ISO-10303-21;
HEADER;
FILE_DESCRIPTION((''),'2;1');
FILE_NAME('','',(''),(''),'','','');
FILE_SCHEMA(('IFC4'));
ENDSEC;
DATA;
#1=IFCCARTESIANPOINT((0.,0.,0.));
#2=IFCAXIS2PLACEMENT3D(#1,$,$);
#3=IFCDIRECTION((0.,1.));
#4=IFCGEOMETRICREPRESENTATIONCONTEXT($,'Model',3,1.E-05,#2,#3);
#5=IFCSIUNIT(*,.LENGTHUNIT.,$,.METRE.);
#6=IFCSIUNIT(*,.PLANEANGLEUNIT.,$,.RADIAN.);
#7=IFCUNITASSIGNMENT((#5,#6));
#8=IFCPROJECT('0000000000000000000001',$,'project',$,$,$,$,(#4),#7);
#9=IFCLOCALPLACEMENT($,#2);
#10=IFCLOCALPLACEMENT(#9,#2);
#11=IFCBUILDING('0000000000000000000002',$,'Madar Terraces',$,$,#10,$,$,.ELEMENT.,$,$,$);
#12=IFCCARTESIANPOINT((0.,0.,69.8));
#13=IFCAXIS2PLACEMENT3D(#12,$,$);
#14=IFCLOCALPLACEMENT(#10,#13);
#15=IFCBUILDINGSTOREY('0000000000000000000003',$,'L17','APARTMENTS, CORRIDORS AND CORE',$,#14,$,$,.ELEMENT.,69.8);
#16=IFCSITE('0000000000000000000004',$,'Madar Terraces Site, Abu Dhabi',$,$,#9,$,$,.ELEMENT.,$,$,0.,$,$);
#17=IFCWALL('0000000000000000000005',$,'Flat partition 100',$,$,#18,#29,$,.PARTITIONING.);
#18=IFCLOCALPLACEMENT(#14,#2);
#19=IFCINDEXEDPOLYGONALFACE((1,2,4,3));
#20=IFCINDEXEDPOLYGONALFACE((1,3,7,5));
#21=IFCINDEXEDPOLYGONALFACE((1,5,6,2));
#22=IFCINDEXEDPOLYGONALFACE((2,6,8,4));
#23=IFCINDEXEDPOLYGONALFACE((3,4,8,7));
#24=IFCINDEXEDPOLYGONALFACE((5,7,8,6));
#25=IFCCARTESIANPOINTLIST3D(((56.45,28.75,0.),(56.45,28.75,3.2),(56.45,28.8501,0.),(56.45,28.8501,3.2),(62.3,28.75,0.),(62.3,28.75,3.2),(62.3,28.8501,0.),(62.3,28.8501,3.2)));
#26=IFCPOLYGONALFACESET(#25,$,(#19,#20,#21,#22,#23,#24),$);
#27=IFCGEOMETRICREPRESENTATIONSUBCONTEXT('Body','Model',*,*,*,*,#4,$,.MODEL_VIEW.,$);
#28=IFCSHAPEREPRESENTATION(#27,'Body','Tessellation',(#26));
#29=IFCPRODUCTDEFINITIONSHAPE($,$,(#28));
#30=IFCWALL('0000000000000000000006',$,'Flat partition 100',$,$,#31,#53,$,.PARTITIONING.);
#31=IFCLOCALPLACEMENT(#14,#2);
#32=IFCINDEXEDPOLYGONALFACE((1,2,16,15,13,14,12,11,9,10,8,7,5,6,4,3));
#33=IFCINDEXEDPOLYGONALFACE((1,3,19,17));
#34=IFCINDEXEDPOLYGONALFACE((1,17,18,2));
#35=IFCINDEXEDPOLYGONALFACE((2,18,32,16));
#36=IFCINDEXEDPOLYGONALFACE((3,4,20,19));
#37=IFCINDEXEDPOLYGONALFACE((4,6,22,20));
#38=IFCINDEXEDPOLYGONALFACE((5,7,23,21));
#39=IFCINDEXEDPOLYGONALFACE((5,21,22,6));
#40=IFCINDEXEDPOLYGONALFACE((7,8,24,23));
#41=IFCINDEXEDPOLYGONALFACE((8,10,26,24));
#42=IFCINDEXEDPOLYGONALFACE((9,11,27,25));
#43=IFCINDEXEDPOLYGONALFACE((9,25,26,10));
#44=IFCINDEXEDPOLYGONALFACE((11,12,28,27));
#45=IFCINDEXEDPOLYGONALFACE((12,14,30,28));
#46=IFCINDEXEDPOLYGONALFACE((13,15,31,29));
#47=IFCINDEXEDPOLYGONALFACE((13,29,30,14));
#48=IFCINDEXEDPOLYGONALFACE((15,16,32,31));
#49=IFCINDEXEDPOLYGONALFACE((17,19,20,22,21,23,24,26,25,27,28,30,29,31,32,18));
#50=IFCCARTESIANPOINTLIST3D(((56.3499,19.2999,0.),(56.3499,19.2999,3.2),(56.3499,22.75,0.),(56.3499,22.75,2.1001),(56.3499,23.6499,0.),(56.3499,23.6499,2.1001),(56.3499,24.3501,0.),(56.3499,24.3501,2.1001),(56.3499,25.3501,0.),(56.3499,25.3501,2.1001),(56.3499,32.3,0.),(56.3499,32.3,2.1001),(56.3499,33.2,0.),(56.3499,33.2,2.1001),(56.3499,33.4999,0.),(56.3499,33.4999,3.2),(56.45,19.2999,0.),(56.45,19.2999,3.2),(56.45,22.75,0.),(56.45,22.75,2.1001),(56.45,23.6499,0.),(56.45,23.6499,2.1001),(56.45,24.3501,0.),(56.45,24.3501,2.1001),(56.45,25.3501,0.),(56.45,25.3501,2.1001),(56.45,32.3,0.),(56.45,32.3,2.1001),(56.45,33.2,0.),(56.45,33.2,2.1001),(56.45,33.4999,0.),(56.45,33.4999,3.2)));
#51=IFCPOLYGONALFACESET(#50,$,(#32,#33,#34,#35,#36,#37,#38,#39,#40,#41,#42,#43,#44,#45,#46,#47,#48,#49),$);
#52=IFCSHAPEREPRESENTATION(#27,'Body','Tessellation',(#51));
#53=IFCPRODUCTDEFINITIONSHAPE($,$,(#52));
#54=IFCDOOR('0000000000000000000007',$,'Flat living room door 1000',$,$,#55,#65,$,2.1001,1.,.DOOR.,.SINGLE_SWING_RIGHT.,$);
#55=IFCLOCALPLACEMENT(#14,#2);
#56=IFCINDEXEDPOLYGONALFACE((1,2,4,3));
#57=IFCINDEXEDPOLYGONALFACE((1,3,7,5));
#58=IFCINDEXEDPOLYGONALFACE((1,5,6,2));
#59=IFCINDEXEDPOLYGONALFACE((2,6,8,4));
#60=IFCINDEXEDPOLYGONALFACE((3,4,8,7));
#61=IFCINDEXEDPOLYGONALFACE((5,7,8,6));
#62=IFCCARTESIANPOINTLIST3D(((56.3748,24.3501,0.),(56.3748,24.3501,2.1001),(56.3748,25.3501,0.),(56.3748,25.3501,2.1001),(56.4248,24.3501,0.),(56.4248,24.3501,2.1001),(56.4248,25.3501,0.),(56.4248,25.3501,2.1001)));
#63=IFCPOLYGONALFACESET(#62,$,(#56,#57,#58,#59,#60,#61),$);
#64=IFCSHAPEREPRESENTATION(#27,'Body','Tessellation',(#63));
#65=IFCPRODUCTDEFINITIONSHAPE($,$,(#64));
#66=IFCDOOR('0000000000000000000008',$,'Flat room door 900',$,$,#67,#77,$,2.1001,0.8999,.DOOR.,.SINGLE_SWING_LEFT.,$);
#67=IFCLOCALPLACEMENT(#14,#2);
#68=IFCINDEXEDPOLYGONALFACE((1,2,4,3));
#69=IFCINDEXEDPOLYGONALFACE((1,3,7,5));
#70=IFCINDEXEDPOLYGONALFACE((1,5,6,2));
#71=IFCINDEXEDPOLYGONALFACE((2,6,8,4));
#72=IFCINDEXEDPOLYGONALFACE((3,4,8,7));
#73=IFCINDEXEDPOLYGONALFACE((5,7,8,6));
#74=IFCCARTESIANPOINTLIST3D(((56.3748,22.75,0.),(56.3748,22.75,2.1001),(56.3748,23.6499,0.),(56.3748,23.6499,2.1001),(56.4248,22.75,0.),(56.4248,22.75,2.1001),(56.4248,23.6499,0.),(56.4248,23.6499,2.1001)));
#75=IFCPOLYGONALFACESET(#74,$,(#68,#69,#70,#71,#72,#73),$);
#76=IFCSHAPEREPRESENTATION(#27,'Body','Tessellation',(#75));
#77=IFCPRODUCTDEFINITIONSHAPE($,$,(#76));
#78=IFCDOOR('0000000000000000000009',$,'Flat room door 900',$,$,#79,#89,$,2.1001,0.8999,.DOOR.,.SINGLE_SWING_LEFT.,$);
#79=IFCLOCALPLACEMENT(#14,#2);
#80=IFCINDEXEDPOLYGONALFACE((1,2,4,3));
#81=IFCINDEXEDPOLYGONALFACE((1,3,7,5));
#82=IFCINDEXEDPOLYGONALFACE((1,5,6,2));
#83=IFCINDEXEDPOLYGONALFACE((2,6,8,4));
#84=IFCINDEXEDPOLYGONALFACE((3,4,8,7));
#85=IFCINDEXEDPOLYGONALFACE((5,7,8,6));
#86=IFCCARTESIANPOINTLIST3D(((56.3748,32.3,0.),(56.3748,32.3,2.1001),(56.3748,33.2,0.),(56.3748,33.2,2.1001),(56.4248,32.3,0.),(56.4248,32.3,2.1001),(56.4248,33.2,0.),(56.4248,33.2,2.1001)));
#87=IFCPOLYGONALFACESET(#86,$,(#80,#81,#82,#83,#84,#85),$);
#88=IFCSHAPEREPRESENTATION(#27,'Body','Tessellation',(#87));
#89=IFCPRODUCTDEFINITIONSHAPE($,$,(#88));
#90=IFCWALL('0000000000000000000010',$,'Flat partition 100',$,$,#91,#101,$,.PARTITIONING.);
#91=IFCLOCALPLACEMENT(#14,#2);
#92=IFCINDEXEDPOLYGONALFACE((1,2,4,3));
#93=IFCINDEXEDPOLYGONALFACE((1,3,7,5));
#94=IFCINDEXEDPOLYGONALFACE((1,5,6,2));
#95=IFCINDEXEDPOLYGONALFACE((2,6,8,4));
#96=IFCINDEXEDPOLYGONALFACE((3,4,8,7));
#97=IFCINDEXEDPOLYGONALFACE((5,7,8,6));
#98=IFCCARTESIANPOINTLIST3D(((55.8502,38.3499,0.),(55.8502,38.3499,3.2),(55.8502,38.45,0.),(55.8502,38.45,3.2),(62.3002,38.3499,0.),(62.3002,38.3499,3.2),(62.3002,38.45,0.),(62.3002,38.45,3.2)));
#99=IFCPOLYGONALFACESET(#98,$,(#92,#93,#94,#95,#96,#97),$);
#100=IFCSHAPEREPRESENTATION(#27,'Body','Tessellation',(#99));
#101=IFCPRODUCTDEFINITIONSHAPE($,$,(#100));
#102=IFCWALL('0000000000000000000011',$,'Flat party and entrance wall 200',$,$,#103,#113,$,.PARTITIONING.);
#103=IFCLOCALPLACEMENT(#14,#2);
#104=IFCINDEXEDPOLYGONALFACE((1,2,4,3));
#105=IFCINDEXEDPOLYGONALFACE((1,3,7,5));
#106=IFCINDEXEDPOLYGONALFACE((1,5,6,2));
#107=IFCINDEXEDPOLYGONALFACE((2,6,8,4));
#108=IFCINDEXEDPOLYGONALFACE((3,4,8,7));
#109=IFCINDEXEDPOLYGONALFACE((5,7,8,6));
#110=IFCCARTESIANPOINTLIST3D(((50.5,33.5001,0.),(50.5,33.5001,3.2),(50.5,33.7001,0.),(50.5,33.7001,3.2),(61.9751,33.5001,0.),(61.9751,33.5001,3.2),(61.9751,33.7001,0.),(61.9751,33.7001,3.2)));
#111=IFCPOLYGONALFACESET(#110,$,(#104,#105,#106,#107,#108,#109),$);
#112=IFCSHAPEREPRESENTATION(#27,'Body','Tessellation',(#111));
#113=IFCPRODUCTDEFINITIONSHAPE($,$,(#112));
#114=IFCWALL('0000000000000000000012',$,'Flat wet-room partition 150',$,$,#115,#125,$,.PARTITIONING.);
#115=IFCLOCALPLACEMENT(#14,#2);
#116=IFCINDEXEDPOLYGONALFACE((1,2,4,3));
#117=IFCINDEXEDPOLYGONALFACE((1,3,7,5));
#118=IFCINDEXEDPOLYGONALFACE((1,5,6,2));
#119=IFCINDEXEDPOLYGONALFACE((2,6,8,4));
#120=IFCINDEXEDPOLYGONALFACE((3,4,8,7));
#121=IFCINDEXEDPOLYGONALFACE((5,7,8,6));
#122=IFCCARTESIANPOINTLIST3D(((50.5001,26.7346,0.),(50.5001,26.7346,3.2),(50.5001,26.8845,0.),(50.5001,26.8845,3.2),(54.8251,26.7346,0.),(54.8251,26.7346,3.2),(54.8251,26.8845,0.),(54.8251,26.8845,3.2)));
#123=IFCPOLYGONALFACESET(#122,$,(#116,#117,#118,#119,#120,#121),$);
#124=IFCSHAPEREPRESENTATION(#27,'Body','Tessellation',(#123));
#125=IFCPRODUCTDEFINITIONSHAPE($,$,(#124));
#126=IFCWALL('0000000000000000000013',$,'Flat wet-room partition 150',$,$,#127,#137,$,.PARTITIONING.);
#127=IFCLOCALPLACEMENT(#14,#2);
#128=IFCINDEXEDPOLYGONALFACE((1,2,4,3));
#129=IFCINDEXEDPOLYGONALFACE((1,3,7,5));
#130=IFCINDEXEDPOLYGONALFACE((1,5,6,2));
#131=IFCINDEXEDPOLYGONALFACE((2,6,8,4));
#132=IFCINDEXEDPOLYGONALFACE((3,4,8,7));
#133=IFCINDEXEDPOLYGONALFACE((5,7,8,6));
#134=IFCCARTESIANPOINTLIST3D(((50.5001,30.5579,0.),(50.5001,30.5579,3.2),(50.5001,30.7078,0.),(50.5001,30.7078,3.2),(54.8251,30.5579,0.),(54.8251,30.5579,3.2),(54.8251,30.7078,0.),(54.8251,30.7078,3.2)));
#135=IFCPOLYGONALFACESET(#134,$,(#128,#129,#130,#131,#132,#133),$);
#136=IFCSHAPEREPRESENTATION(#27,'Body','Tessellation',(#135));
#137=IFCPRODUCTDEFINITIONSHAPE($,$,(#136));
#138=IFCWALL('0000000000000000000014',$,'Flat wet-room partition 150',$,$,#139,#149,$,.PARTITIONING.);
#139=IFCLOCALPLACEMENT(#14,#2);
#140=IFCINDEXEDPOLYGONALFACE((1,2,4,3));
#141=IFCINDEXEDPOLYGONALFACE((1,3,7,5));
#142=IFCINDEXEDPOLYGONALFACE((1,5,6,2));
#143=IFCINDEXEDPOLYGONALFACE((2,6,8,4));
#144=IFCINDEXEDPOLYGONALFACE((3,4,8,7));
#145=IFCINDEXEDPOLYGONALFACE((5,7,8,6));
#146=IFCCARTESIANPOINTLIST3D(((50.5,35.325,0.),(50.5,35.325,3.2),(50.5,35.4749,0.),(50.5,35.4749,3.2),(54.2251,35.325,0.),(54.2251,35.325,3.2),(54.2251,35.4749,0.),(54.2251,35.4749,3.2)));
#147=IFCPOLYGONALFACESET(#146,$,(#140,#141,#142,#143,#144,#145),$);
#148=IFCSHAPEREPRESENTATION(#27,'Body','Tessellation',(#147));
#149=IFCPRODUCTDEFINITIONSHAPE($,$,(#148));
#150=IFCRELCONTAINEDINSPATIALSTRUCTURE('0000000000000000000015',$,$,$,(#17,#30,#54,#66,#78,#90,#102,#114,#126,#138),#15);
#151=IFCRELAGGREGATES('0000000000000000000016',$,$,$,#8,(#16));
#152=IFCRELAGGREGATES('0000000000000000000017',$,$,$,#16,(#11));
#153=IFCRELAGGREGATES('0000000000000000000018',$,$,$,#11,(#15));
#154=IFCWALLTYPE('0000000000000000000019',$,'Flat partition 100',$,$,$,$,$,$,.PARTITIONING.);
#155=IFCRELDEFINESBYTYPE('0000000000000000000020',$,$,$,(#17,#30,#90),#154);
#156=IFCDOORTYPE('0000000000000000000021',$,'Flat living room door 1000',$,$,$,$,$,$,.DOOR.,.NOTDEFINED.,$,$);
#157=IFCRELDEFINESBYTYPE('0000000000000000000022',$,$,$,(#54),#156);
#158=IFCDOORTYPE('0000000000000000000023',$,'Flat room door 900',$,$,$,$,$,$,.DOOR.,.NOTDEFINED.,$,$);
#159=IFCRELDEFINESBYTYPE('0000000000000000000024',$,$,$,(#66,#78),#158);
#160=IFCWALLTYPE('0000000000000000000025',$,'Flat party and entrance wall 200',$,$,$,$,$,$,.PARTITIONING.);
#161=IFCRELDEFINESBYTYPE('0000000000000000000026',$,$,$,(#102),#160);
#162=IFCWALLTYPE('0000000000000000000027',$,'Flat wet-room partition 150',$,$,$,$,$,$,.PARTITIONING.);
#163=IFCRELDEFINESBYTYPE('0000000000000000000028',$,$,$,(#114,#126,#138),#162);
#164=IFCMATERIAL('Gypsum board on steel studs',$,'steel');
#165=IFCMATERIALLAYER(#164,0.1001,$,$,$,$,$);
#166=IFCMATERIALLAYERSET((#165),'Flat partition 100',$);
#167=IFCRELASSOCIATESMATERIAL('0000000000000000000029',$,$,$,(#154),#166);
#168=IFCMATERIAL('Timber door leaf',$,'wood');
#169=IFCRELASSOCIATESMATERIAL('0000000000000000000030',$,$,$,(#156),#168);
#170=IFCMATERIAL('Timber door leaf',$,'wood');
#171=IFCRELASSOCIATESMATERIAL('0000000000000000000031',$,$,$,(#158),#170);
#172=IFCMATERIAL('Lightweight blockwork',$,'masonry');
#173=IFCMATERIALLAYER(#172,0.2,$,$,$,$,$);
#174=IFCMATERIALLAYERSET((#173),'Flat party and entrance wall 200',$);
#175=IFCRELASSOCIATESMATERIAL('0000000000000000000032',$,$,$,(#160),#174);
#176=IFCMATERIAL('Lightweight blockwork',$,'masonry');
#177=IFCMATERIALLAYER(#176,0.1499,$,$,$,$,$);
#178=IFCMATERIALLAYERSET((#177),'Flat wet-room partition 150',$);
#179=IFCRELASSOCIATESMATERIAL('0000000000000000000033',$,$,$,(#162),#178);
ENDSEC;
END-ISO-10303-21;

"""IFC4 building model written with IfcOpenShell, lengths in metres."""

from ifc_helpers import new_model, si_unit, direction, frame, frame_2d, origin, place, context, subcontext, project, spatial, rectangle, extrude, material, layer, layer_set, type_object, element, fill, save


model = new_model("IFC4")

# Units and contexts
model_context = context("Model", 3, precision=1e-05, world=origin(), true_north=direction((0.0, 1.0)))
body_context = subcontext(model_context, "Body", "Model", "MODEL_VIEW")
ifc_project = project(units=[si_unit("LENGTHUNIT", "METRE"), si_unit("PLANEANGLEUNIT", "RADIAN")], contexts=[model_context])

# Site, building, storey
site_placement = place(None, origin())
site = spatial("IfcSite", under=ifc_project, at=site_placement, Name="Madar Terraces Site, Abu Dhabi", CompositionType="ELEMENT", RefElevation=0.0)
building_placement = place(site_placement, origin())
building = spatial("IfcBuilding", under=site, at=building_placement, Name="Madar Terraces", CompositionType="ELEMENT")
storey_placement = place(building_placement, frame((0.0, 0.0, 69.8)))
storey = spatial("IfcBuildingStorey", under=building, at=storey_placement, Name="L17", Description="APARTMENTS, CORRIDORS AND CORE", CompositionType="ELEMENT", Elevation=69.8)

# Wall
ifc_material_1 = material(Name="Gypsum board on steel studs", Category="steel")
ifc_layer_1 = layer(ifc_material_1, 0.1001)
ifc_layer_set_1 = layer_set([ifc_layer_1], Name="Flat partition 100")
wall_type_1 = type_object("IfcWallType", Name="Flat partition 100", PredefinedType="PARTITIONING", material=ifc_layer_set_1)
wall_1_placement = place(storey_placement, frame((56.45, 28.8, 0.0), z_axis=(0.0, 0.0, 1.0), x_axis=(1.0, 0.0, 0.0)))
element("IfcWall", 1, at=wall_1_placement, inside=storey, type_object=wall_type_1, Name="Flat partition 100", PredefinedType="PARTITIONING", context=body_context, shape_type="SweptSolid", body=[
    extrude(rectangle(XDim=5.8501, YDim=0.1001, at=frame_2d((2.925, 0.0))), origin(), (0.0, 0.0, 1.0), 3.2),
])

# Wall, openings, doors
wall_2_placement = place(storey_placement, frame((56.3999, 33.5, 0.0), z_axis=(0.0, 0.0, 1.0), x_axis=(0.0, -1.0, 0.0)))
wall_2 = element("IfcWall", 2, at=wall_2_placement, inside=storey, type_object=wall_type_1, Name="Flat partition 100", PredefinedType="PARTITIONING", context=body_context, shape_type="SweptSolid", body=[
    extrude(rectangle(XDim=14.2, YDim=0.1001, at=frame_2d((7.1001, 0.0))), origin(), (0.0, 0.0, 1.0), 3.2),
])
opening_1_placement = place(wall_2_placement, frame((9.8501, 0.0, 0.0)))
opening_1 = element("IfcOpeningElement", 3, at=opening_1_placement, cuts=wall_2, PredefinedType="OPENING", context=body_context, shape_type="SweptSolid", body=[
    extrude(rectangle(XDim=0.8999, YDim=2.1001, at=frame_2d((0.45, 1.05))), frame((0.0, 0.0601, 0.0), z_axis=(0.0, -1.0, 0.0), x_axis=(1.0, 0.0, 0.0)), (0.0, 0.0, 1.0), 0.1201),
])
opening_2_placement = place(wall_2_placement, frame((8.1499, 0.0, 0.0)))
opening_2 = element("IfcOpeningElement", 4, at=opening_2_placement, cuts=wall_2, PredefinedType="OPENING", context=body_context, shape_type="SweptSolid", body=[
    extrude(rectangle(XDim=1.0, YDim=2.1001, at=frame_2d((0.5, 1.05))), frame((0.0, 0.0601, 0.0), z_axis=(0.0, -1.0, 0.0), x_axis=(1.0, 0.0, 0.0)), (0.0, 0.0, 1.0), 0.1201),
])
opening_3_placement = place(wall_2_placement, frame((0.3, 0.0, 0.0)))
opening_3 = element("IfcOpeningElement", 5, at=opening_3_placement, cuts=wall_2, PredefinedType="OPENING", context=body_context, shape_type="SweptSolid", body=[
    extrude(rectangle(XDim=0.8999, YDim=2.1001, at=frame_2d((0.45, 1.05))), frame((0.0, 0.0601, 0.0), z_axis=(0.0, -1.0, 0.0), x_axis=(1.0, 0.0, 0.0)), (0.0, 0.0, 1.0), 0.1201),
])
ifc_material_2 = material(Name="Timber door leaf", Category="wood")
door_type_1 = type_object("IfcDoorType", Name="Flat living room door 1000", OperationType="NOTDEFINED", PredefinedType="DOOR", material=ifc_material_2)
door_1_placement = place(opening_2_placement, origin())
door_1 = element("IfcDoor", 6, at=door_1_placement, inside=storey, type_object=door_type_1, Name="Flat living room door 1000", OperationType="SINGLE_SWING_RIGHT", OverallHeight=2.1001, OverallWidth=1.0, PredefinedType="DOOR", context=body_context, shape_type="SweptSolid", body=[
    extrude(rectangle(XDim=1.0, YDim=2.1001, at=frame_2d((0.5, 1.05))), frame((0.0, 0.0249, 0.0), z_axis=(0.0, -1.0, 0.0), x_axis=(1.0, 0.0, 0.0)), (0.0, 0.0, 1.0), 0.05),
])
fill(opening_2, door_1)
ifc_material_3 = material(Name="Timber door leaf", Category="wood")
door_type_2 = type_object("IfcDoorType", Name="Flat room door 900", OperationType="NOTDEFINED", PredefinedType="DOOR", material=ifc_material_3)
door_2_placement = place(opening_1_placement, origin())
door_2 = element("IfcDoor", 7, at=door_2_placement, inside=storey, type_object=door_type_2, Name="Flat room door 900", OperationType="SINGLE_SWING_LEFT", OverallHeight=2.1001, OverallWidth=0.8999, PredefinedType="DOOR", context=body_context, shape_type="SweptSolid", body=[
    extrude(rectangle(XDim=0.8999, YDim=2.1001, at=frame_2d((0.45, 1.05))), frame((0.0, 0.0249, 0.0), z_axis=(0.0, -1.0, 0.0), x_axis=(1.0, 0.0, 0.0)), (0.0, 0.0, 1.0), 0.05),
])
fill(opening_1, door_2)
door_3_placement = place(opening_3_placement, origin())
door_3 = element("IfcDoor", 8, at=door_3_placement, inside=storey, type_object=door_type_2, Name="Flat room door 900", OperationType="SINGLE_SWING_LEFT", OverallHeight=2.1001, OverallWidth=0.8999, PredefinedType="DOOR", context=body_context, shape_type="SweptSolid", body=[
    extrude(rectangle(XDim=0.8999, YDim=2.1001, at=frame_2d((0.45, 1.05))), frame((0.0, 0.0249, 0.0), z_axis=(0.0, -1.0, 0.0), x_axis=(1.0, 0.0, 0.0)), (0.0, 0.0, 1.0), 0.05),
])
fill(opening_3, door_3)

# Walls
wall_3_placement = place(storey_placement, frame((55.8501, 38.3999, 0.0), z_axis=(0.0, 0.0, 1.0), x_axis=(1.0, 0.0, 0.0)))
element("IfcWall", 9, at=wall_3_placement, inside=storey, type_object=wall_type_1, Name="Flat partition 100", PredefinedType="PARTITIONING", context=body_context, shape_type="SweptSolid", body=[
    extrude(rectangle(XDim=6.45, YDim=0.1001, at=frame_2d((3.2251, 0.0))), origin(), (0.0, 0.0, 1.0), 3.2),
])
ifc_material_4 = material(Name="Lightweight blockwork", Category="masonry")
ifc_layer_2 = layer(ifc_material_4, 0.2)
ifc_layer_set_2 = layer_set([ifc_layer_2], Name="Flat party and entrance wall 200")
wall_type_2 = type_object("IfcWallType", Name="Flat party and entrance wall 200", PredefinedType="PARTITIONING", material=ifc_layer_set_2)
wall_4_placement = place(storey_placement, frame((50.5, 33.6001, 0.0), z_axis=(0.0, 0.0, 1.0), x_axis=(1.0, 0.0, 0.0)))
element("IfcWall", 10, at=wall_4_placement, inside=storey, type_object=wall_type_2, Name="Flat party and entrance wall 200", PredefinedType="PARTITIONING", context=body_context, shape_type="SweptSolid", body=[
    extrude(rectangle(XDim=11.4751, YDim=0.2, at=frame_2d((5.7375, 0.0))), origin(), (0.0, 0.0, 1.0), 3.2),
])
ifc_material_5 = material(Name="Lightweight blockwork", Category="masonry")
ifc_layer_3 = layer(ifc_material_5, 0.1499)
ifc_layer_set_3 = layer_set([ifc_layer_3], Name="Flat wet-room partition 150")
wall_type_3 = type_object("IfcWallType", Name="Flat wet-room partition 150", PredefinedType="PARTITIONING", material=ifc_layer_set_3)
for number, where, z_axis, x_axis, name in (
    (11, (50.5, 26.8096, 0.0), (0.0, 0.0, 1.0), (1.0, 0.0, 0.0), "Flat wet-room partition 150"),
    (12, (50.5, 30.6328, 0.0), (0.0, 0.0, 1.0), (1.0, 0.0, 0.0), "Flat wet-room partition 150"),
):
    element("IfcWall", number, at=place(storey_placement, frame(where, z_axis=z_axis, x_axis=x_axis)), inside=storey, type_object=wall_type_3, Name=name, PredefinedType="PARTITIONING", context=body_context, shape_type="SweptSolid", body=[
        extrude(rectangle(XDim=4.325, YDim=0.1499, at=frame_2d((2.1626, 0.0))), origin(), (0.0, 0.0, 1.0), 3.2),
    ])
wall_5_placement = place(storey_placement, frame((50.5, 35.3999, 0.0), z_axis=(0.0, 0.0, 1.0), x_axis=(1.0, 0.0, 0.0)))
element("IfcWall", 13, at=wall_5_placement, inside=storey, type_object=wall_type_3, Name="Flat wet-room partition 150", PredefinedType="PARTITIONING", context=body_context, shape_type="SweptSolid", body=[
    extrude(rectangle(XDim=3.7251, YDim=0.1499, at=frame_2d((1.8625, 0.0))), origin(), (0.0, 0.0, 1.0), 3.2),
])

save(model, "model.ifc")
